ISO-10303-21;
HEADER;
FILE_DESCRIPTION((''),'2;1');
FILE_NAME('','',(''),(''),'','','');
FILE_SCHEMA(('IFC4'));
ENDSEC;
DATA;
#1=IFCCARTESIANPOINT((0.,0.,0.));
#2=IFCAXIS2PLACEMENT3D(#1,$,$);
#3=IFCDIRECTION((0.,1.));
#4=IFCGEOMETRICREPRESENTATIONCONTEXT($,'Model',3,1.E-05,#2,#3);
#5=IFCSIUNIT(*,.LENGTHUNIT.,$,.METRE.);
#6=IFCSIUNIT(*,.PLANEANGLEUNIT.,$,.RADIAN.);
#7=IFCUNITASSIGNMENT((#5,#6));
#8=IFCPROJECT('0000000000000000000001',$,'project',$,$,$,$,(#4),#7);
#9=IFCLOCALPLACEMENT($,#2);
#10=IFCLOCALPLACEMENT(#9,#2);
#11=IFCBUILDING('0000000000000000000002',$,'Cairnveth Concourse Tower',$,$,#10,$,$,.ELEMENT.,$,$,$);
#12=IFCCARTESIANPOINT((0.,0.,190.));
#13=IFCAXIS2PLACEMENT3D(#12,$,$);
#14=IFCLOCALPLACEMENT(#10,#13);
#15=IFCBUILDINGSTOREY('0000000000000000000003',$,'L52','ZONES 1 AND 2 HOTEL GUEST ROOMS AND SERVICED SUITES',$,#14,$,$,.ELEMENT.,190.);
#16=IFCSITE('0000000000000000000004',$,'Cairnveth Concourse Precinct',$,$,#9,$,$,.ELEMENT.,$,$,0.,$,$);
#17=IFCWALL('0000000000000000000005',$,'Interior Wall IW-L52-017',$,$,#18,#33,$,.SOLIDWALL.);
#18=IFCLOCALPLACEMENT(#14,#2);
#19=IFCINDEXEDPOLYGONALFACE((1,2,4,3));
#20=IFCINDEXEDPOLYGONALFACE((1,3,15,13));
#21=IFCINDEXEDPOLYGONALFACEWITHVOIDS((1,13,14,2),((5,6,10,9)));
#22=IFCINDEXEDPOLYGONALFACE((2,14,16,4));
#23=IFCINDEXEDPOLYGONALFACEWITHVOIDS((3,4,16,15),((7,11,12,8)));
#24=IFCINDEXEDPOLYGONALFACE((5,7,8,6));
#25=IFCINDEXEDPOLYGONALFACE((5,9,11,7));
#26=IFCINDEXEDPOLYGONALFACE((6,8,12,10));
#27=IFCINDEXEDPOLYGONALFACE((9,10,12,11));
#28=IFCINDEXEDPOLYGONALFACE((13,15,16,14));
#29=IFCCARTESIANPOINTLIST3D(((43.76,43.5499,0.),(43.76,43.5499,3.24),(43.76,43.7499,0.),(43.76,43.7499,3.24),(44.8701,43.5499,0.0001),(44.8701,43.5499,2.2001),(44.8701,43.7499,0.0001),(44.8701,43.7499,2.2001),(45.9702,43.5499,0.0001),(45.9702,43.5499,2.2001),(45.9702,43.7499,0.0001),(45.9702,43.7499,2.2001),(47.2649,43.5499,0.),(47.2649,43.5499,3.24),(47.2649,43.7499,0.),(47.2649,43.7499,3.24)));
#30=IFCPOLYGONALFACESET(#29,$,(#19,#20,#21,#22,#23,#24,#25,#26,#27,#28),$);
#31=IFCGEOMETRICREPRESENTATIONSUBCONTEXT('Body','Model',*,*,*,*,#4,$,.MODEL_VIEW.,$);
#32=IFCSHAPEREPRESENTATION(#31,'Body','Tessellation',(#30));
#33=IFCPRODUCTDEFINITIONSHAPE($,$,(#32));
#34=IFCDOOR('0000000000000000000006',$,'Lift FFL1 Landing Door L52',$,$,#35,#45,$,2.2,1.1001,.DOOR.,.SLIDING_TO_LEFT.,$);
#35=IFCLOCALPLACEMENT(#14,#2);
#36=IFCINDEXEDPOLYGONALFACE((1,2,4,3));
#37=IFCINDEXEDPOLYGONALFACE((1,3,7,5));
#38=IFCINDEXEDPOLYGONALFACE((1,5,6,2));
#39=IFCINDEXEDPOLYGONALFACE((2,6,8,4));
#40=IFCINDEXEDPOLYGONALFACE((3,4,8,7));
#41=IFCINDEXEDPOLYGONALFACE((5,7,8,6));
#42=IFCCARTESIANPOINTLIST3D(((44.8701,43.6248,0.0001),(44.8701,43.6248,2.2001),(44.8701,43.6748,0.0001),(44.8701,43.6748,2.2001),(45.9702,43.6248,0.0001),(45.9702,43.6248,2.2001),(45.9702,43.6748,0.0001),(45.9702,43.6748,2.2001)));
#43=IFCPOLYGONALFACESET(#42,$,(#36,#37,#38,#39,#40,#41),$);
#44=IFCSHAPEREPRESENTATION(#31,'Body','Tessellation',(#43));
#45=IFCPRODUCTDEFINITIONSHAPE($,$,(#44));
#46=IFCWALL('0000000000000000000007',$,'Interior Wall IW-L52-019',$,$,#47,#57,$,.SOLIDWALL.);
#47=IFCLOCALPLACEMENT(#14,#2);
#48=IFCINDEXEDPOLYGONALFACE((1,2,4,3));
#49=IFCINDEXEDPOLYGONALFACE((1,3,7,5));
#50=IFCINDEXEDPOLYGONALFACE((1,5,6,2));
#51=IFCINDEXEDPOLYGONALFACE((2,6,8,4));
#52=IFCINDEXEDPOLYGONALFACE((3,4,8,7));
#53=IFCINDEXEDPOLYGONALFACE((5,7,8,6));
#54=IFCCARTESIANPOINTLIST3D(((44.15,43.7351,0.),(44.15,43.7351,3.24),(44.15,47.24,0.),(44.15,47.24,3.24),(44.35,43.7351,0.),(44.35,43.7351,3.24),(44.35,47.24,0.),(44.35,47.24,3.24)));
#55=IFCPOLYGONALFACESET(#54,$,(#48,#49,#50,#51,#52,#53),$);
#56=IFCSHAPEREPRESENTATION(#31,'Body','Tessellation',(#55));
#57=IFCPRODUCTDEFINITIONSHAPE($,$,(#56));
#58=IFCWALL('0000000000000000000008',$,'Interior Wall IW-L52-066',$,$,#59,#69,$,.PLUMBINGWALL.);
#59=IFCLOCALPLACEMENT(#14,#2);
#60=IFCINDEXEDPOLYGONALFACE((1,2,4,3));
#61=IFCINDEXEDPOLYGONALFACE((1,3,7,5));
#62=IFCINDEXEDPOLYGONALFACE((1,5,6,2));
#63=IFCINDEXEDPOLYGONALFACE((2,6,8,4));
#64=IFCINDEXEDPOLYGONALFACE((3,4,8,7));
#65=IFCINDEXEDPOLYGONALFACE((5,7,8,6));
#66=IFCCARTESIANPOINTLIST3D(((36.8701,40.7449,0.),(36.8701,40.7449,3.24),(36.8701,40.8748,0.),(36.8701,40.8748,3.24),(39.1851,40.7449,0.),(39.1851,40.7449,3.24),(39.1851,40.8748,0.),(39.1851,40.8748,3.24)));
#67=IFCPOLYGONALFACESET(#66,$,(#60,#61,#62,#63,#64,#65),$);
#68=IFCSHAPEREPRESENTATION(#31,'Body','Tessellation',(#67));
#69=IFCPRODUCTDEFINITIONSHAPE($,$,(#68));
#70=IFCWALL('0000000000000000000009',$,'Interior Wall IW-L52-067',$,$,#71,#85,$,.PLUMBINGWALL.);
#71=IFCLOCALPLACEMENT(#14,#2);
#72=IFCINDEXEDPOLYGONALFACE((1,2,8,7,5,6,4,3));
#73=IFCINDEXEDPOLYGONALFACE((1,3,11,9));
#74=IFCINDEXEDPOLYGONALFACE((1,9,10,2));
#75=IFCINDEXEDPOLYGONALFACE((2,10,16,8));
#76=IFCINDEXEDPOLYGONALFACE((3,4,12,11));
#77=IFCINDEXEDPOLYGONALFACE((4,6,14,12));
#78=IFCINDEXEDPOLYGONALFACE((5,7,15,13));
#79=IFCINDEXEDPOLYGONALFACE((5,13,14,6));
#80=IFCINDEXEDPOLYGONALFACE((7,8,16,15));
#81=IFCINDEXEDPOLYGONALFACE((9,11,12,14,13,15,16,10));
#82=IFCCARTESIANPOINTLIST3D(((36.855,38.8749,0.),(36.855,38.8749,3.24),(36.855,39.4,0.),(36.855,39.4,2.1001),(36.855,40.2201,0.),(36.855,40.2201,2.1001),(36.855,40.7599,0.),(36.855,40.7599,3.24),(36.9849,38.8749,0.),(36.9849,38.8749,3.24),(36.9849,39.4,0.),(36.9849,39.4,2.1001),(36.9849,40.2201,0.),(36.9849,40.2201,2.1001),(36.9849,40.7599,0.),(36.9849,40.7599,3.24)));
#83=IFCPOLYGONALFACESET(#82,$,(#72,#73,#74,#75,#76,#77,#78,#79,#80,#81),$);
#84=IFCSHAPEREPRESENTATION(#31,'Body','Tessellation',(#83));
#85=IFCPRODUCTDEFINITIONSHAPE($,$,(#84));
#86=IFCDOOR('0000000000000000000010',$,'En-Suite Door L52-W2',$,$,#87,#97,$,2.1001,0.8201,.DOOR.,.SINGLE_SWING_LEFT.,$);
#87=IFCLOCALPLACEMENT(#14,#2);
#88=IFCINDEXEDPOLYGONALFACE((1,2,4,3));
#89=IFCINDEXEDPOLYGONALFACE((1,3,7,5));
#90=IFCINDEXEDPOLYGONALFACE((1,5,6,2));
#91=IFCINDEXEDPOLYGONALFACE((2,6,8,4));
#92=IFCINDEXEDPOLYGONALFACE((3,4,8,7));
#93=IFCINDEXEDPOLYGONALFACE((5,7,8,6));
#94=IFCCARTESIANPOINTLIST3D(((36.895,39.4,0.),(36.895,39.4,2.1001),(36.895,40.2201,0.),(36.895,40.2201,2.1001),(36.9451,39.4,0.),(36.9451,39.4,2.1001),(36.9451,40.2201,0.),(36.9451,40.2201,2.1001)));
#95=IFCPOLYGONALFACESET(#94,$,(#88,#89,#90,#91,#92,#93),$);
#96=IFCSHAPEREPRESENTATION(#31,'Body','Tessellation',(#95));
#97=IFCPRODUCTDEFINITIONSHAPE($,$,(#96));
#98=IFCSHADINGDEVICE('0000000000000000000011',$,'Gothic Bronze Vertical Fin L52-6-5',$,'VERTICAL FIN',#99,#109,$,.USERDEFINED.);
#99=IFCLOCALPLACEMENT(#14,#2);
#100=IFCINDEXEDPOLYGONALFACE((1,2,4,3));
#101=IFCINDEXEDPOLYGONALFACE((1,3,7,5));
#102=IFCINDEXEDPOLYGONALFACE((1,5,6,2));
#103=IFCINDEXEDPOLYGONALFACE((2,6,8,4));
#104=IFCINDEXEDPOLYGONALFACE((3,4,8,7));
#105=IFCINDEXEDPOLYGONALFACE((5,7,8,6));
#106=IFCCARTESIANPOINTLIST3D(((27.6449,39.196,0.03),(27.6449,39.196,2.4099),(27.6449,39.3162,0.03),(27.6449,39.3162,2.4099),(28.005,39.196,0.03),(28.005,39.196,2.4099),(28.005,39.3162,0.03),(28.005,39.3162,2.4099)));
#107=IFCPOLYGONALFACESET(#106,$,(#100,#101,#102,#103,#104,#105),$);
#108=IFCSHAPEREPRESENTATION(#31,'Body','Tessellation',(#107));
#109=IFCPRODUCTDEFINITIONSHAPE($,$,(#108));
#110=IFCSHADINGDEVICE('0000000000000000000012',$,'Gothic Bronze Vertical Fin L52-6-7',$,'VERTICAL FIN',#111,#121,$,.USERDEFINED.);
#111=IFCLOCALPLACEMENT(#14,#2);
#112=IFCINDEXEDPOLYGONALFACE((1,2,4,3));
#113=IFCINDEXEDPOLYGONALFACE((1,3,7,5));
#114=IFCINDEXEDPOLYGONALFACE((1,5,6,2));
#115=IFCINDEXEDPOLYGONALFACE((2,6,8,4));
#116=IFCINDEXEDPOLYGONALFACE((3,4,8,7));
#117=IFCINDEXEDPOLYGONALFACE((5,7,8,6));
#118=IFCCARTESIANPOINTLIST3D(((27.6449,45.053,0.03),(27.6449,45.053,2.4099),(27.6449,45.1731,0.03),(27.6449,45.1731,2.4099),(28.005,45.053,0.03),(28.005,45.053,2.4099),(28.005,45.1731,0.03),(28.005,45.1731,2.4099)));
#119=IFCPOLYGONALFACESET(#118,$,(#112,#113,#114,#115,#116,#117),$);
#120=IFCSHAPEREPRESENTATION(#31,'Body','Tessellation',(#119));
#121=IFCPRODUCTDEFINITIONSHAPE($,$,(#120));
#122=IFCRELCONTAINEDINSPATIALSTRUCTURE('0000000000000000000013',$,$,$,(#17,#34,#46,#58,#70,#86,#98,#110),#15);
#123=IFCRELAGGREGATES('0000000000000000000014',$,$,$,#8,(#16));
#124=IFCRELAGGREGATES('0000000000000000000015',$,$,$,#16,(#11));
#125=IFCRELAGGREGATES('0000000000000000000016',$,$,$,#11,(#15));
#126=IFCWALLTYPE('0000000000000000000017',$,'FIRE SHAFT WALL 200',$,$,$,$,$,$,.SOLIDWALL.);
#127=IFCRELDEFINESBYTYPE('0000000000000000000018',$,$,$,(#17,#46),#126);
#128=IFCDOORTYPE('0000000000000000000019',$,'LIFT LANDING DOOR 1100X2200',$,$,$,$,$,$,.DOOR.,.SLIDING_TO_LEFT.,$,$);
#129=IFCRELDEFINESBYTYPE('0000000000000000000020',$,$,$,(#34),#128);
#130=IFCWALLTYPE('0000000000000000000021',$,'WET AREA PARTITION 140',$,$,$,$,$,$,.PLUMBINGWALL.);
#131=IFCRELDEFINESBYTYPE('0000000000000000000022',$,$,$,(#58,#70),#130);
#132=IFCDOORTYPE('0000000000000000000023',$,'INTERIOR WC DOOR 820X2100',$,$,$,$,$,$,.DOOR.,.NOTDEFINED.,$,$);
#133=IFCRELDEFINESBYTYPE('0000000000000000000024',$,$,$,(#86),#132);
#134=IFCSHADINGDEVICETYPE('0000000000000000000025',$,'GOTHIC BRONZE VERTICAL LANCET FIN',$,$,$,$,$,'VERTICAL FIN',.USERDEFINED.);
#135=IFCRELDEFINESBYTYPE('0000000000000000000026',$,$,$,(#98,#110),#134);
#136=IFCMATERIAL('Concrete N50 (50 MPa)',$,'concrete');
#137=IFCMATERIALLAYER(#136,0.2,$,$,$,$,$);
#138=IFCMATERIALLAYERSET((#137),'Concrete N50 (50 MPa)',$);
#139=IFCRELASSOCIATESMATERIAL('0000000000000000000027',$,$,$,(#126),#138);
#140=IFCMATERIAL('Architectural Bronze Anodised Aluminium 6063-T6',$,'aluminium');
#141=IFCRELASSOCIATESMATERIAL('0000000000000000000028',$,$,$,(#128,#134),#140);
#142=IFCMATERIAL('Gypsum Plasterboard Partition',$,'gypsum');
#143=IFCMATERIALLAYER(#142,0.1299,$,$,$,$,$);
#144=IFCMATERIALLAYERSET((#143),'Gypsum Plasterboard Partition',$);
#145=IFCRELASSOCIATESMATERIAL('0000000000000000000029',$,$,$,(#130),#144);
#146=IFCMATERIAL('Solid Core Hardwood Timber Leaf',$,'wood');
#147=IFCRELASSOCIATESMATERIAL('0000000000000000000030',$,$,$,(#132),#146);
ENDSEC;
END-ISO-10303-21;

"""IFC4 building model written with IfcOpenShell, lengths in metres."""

from ifc_helpers import new_model, si_unit, direction, frame, frame_2d, origin, origin_2d, place, context, subcontext, project, spatial, rectangle, extrude, material, layer, layer_set, type_object, element, fill, save


model = new_model("IFC4")

# Units and contexts
model_context = context("Model", 3, precision=1e-05, world=origin(), true_north=direction((0.0, 1.0)))
body_context = subcontext(model_context, "Body", "Model", "MODEL_VIEW")
ifc_project = project(units=[si_unit("LENGTHUNIT", "METRE"), si_unit("PLANEANGLEUNIT", "RADIAN")], contexts=[model_context])

# Site, building, storey
site_placement = place(None, origin())
site = spatial("IfcSite", under=ifc_project, at=site_placement, Name="Cairnveth Concourse Precinct", CompositionType="ELEMENT", RefElevation=0.0)
building_placement = place(site_placement, origin())
building = spatial("IfcBuilding", under=site, at=building_placement, Name="Cairnveth Concourse Tower", CompositionType="ELEMENT")
storey_placement = place(building_placement, frame((0.0, 0.0, 190.0)))
storey = spatial("IfcBuildingStorey", under=building, at=storey_placement, Name="L52", Description="ZONES 1 AND 2 HOTEL GUEST ROOMS AND SERVICED SUITES", CompositionType="ELEMENT", Elevation=190.0)

# Shared definitions
ifc_material_1 = material(Name="Gypsum Plasterboard Partition", Category="gypsum")

# Wall, opening, door
ifc_material_2 = material(Name="Concrete N50 (50 MPa)", Category="concrete")
ifc_layer_1 = layer(ifc_material_2, 0.2)
ifc_layer_set_1 = layer_set([ifc_layer_1], Name="Concrete N50 (50 MPa)")
wall_type_1 = type_object("IfcWallType", Name="FIRE SHAFT WALL 200", PredefinedType="SOLIDWALL", material=ifc_layer_set_1)
wall_1_placement = place(storey_placement, frame((43.76, 43.6499, 0.0), z_axis=(0.0, 0.0, 1.0), x_axis=(1.0, 0.0, 0.0)))
wall_1 = element("IfcWall", 1, at=wall_1_placement, inside=storey, type_object=wall_type_1, Name="Interior Wall IW-L52-017", PredefinedType="SOLIDWALL", context=body_context, shape_type="SweptSolid", body=[
    extrude(rectangle(XDim=3.5049, YDim=0.2, at=frame_2d((1.7524, 0.0))), origin(), (0.0, 0.0, 1.0), 3.24),
])
opening_1_placement = place(wall_1_placement, frame((1.1101, 0.0, 0.0)))
opening_1 = element("IfcOpeningElement", 2, at=opening_1_placement, cuts=wall_1, PredefinedType="OPENING", context=body_context, shape_type="SweptSolid", body=[
    extrude(rectangle(XDim=1.1001, YDim=2.2, at=frame_2d((0.55, 1.1001))), frame((0.0, 0.1099, 0.0), z_axis=(0.0, -1.0, 0.0), x_axis=(1.0, 0.0, 0.0)), (0.0, 0.0, 1.0), 0.22),
])
ifc_material_3 = material(Name="Architectural Bronze Anodised Aluminium 6063-T6", Category="aluminium")
door_type_1 = type_object("IfcDoorType", Name="LIFT LANDING DOOR 1100X2200", OperationType="SLIDING_TO_LEFT", PredefinedType="DOOR", material=ifc_material_3)
door_1_placement = place(opening_1_placement, origin())
door_1 = element("IfcDoor", 3, at=door_1_placement, inside=storey, type_object=door_type_1, Name="Lift FFL1 Landing Door L52", OperationType="SLIDING_TO_LEFT", OverallHeight=2.2, OverallWidth=1.1001, PredefinedType="DOOR", context=body_context, shape_type="SweptSolid", body=[
    extrude(rectangle(XDim=1.1001, YDim=2.2, at=frame_2d((0.55, 1.1001))), frame((0.0, 0.0249, 0.0), z_axis=(0.0, -1.0, 0.0), x_axis=(1.0, 0.0, 0.0)), (0.0, 0.0, 1.0), 0.05),
])
fill(opening_1, door_1)

# Walls
wall_2_placement = place(storey_placement, frame((44.25, 43.7351, 0.0), z_axis=(0.0, 0.0, 1.0), x_axis=(0.0, 1.0, 0.0)))
element("IfcWall", 4, at=wall_2_placement, inside=storey, type_object=wall_type_1, Name="Interior Wall IW-L52-019", PredefinedType="SOLIDWALL", context=body_context, shape_type="SweptSolid", body=[
    extrude(rectangle(XDim=3.5049, YDim=0.2, at=frame_2d((1.7524, 0.0))), origin(), (0.0, 0.0, 1.0), 3.24),
])
ifc_layer_2 = layer(ifc_material_1, 0.1299)
ifc_layer_set_2 = layer_set([ifc_layer_2], Name="Gypsum Plasterboard Partition")
wall_type_2 = type_object("IfcWallType", Name="WET AREA PARTITION 140", PredefinedType="PLUMBINGWALL", material=ifc_layer_set_2)
wall_3_placement = place(storey_placement, frame((36.8701, 40.8098, 0.0), z_axis=(0.0, 0.0, 1.0), x_axis=(1.0, 0.0, 0.0)))
element("IfcWall", 5, at=wall_3_placement, inside=storey, type_object=wall_type_2, Name="Interior Wall IW-L52-066", PredefinedType="PLUMBINGWALL", context=body_context, shape_type="SweptSolid", body=[
    extrude(rectangle(XDim=2.3149, YDim=0.1299, at=frame_2d((1.1575, 0.0))), origin(), (0.0, 0.0, 1.0), 3.24),
])

# Wall, opening, door
wall_4_placement = place(storey_placement, frame((36.9199, 38.875, 0.0), z_axis=(0.0, 0.0, 1.0), x_axis=(0.0, 1.0, 0.0)))
wall_4 = element("IfcWall", 6, at=wall_4_placement, inside=storey, type_object=wall_type_2, Name="Interior Wall IW-L52-067", PredefinedType="PLUMBINGWALL", context=body_context, shape_type="SweptSolid", body=[
    extrude(rectangle(XDim=1.885, YDim=0.1299, at=frame_2d((0.9424, 0.0))), origin(), (0.0, 0.0, 1.0), 3.24),
])
opening_2_placement = place(wall_4_placement, frame((0.5249, 0.0, 0.0)))
opening_2 = element("IfcOpeningElement", 7, at=opening_2_placement, cuts=wall_4, PredefinedType="OPENING", context=body_context, shape_type="SweptSolid", body=[
    extrude(rectangle(XDim=0.8201, YDim=2.1001, at=frame_2d((0.4102, 1.05))), frame((0.0, 0.075, 0.0), z_axis=(0.0, -1.0, 0.0), x_axis=(1.0, 0.0, 0.0)), (0.0, 0.0, 1.0), 0.1499),
])
ifc_material_4 = material(Name="Solid Core Hardwood Timber Leaf", Category="wood")
door_type_2 = type_object("IfcDoorType", Name="INTERIOR WC DOOR 820X2100", OperationType="NOTDEFINED", PredefinedType="DOOR", material=ifc_material_4)
door_2_placement = place(opening_2_placement, origin())
door_2 = element("IfcDoor", 8, at=door_2_placement, inside=storey, type_object=door_type_2, Name="En-Suite Door L52-W2", OperationType="SINGLE_SWING_LEFT", OverallHeight=2.1001, OverallWidth=0.8201, PredefinedType="DOOR", context=body_context, shape_type="SweptSolid", body=[
    extrude(rectangle(XDim=0.8201, YDim=2.1001, at=frame_2d((0.4102, 1.05))), frame((0.0, 0.0249, 0.0), z_axis=(0.0, -1.0, 0.0), x_axis=(1.0, 0.0, 0.0)), (0.0, 0.0, 1.0), 0.05),
])
fill(opening_2, door_2)

# Shading devices
shading_device_type = type_object("IfcShadingDeviceType", Name="GOTHIC BRONZE VERTICAL LANCET FIN", ElementType="VERTICAL FIN", PredefinedType="USERDEFINED", material=ifc_material_3)
for number, where, z_axis, x_axis, name in (
    (9, (27.825, 39.2561, 0.03), (0.0, 0.0, 1.0), (0.0, 1.0, 0.0), "Gothic Bronze Vertical Fin L52-6-5"),
    (10, (27.825, 45.113, 0.03), (0.0, 0.0, 1.0), (0.0, 1.0, 0.0), "Gothic Bronze Vertical Fin L52-6-7"),
):
    element("IfcShadingDevice", number, at=place(storey_placement, frame(where, z_axis=z_axis, x_axis=x_axis)), inside=storey, type_object=shading_device_type, Name=name, ObjectType="VERTICAL FIN", PredefinedType="USERDEFINED", context=body_context, shape_type="SweptSolid", body=[
        extrude(rectangle(XDim=0.1201, YDim=0.3601, at=origin_2d()), origin(), (0.0, 0.0, 1.0), 2.3799),
    ])

save(model, "model.ifc")
